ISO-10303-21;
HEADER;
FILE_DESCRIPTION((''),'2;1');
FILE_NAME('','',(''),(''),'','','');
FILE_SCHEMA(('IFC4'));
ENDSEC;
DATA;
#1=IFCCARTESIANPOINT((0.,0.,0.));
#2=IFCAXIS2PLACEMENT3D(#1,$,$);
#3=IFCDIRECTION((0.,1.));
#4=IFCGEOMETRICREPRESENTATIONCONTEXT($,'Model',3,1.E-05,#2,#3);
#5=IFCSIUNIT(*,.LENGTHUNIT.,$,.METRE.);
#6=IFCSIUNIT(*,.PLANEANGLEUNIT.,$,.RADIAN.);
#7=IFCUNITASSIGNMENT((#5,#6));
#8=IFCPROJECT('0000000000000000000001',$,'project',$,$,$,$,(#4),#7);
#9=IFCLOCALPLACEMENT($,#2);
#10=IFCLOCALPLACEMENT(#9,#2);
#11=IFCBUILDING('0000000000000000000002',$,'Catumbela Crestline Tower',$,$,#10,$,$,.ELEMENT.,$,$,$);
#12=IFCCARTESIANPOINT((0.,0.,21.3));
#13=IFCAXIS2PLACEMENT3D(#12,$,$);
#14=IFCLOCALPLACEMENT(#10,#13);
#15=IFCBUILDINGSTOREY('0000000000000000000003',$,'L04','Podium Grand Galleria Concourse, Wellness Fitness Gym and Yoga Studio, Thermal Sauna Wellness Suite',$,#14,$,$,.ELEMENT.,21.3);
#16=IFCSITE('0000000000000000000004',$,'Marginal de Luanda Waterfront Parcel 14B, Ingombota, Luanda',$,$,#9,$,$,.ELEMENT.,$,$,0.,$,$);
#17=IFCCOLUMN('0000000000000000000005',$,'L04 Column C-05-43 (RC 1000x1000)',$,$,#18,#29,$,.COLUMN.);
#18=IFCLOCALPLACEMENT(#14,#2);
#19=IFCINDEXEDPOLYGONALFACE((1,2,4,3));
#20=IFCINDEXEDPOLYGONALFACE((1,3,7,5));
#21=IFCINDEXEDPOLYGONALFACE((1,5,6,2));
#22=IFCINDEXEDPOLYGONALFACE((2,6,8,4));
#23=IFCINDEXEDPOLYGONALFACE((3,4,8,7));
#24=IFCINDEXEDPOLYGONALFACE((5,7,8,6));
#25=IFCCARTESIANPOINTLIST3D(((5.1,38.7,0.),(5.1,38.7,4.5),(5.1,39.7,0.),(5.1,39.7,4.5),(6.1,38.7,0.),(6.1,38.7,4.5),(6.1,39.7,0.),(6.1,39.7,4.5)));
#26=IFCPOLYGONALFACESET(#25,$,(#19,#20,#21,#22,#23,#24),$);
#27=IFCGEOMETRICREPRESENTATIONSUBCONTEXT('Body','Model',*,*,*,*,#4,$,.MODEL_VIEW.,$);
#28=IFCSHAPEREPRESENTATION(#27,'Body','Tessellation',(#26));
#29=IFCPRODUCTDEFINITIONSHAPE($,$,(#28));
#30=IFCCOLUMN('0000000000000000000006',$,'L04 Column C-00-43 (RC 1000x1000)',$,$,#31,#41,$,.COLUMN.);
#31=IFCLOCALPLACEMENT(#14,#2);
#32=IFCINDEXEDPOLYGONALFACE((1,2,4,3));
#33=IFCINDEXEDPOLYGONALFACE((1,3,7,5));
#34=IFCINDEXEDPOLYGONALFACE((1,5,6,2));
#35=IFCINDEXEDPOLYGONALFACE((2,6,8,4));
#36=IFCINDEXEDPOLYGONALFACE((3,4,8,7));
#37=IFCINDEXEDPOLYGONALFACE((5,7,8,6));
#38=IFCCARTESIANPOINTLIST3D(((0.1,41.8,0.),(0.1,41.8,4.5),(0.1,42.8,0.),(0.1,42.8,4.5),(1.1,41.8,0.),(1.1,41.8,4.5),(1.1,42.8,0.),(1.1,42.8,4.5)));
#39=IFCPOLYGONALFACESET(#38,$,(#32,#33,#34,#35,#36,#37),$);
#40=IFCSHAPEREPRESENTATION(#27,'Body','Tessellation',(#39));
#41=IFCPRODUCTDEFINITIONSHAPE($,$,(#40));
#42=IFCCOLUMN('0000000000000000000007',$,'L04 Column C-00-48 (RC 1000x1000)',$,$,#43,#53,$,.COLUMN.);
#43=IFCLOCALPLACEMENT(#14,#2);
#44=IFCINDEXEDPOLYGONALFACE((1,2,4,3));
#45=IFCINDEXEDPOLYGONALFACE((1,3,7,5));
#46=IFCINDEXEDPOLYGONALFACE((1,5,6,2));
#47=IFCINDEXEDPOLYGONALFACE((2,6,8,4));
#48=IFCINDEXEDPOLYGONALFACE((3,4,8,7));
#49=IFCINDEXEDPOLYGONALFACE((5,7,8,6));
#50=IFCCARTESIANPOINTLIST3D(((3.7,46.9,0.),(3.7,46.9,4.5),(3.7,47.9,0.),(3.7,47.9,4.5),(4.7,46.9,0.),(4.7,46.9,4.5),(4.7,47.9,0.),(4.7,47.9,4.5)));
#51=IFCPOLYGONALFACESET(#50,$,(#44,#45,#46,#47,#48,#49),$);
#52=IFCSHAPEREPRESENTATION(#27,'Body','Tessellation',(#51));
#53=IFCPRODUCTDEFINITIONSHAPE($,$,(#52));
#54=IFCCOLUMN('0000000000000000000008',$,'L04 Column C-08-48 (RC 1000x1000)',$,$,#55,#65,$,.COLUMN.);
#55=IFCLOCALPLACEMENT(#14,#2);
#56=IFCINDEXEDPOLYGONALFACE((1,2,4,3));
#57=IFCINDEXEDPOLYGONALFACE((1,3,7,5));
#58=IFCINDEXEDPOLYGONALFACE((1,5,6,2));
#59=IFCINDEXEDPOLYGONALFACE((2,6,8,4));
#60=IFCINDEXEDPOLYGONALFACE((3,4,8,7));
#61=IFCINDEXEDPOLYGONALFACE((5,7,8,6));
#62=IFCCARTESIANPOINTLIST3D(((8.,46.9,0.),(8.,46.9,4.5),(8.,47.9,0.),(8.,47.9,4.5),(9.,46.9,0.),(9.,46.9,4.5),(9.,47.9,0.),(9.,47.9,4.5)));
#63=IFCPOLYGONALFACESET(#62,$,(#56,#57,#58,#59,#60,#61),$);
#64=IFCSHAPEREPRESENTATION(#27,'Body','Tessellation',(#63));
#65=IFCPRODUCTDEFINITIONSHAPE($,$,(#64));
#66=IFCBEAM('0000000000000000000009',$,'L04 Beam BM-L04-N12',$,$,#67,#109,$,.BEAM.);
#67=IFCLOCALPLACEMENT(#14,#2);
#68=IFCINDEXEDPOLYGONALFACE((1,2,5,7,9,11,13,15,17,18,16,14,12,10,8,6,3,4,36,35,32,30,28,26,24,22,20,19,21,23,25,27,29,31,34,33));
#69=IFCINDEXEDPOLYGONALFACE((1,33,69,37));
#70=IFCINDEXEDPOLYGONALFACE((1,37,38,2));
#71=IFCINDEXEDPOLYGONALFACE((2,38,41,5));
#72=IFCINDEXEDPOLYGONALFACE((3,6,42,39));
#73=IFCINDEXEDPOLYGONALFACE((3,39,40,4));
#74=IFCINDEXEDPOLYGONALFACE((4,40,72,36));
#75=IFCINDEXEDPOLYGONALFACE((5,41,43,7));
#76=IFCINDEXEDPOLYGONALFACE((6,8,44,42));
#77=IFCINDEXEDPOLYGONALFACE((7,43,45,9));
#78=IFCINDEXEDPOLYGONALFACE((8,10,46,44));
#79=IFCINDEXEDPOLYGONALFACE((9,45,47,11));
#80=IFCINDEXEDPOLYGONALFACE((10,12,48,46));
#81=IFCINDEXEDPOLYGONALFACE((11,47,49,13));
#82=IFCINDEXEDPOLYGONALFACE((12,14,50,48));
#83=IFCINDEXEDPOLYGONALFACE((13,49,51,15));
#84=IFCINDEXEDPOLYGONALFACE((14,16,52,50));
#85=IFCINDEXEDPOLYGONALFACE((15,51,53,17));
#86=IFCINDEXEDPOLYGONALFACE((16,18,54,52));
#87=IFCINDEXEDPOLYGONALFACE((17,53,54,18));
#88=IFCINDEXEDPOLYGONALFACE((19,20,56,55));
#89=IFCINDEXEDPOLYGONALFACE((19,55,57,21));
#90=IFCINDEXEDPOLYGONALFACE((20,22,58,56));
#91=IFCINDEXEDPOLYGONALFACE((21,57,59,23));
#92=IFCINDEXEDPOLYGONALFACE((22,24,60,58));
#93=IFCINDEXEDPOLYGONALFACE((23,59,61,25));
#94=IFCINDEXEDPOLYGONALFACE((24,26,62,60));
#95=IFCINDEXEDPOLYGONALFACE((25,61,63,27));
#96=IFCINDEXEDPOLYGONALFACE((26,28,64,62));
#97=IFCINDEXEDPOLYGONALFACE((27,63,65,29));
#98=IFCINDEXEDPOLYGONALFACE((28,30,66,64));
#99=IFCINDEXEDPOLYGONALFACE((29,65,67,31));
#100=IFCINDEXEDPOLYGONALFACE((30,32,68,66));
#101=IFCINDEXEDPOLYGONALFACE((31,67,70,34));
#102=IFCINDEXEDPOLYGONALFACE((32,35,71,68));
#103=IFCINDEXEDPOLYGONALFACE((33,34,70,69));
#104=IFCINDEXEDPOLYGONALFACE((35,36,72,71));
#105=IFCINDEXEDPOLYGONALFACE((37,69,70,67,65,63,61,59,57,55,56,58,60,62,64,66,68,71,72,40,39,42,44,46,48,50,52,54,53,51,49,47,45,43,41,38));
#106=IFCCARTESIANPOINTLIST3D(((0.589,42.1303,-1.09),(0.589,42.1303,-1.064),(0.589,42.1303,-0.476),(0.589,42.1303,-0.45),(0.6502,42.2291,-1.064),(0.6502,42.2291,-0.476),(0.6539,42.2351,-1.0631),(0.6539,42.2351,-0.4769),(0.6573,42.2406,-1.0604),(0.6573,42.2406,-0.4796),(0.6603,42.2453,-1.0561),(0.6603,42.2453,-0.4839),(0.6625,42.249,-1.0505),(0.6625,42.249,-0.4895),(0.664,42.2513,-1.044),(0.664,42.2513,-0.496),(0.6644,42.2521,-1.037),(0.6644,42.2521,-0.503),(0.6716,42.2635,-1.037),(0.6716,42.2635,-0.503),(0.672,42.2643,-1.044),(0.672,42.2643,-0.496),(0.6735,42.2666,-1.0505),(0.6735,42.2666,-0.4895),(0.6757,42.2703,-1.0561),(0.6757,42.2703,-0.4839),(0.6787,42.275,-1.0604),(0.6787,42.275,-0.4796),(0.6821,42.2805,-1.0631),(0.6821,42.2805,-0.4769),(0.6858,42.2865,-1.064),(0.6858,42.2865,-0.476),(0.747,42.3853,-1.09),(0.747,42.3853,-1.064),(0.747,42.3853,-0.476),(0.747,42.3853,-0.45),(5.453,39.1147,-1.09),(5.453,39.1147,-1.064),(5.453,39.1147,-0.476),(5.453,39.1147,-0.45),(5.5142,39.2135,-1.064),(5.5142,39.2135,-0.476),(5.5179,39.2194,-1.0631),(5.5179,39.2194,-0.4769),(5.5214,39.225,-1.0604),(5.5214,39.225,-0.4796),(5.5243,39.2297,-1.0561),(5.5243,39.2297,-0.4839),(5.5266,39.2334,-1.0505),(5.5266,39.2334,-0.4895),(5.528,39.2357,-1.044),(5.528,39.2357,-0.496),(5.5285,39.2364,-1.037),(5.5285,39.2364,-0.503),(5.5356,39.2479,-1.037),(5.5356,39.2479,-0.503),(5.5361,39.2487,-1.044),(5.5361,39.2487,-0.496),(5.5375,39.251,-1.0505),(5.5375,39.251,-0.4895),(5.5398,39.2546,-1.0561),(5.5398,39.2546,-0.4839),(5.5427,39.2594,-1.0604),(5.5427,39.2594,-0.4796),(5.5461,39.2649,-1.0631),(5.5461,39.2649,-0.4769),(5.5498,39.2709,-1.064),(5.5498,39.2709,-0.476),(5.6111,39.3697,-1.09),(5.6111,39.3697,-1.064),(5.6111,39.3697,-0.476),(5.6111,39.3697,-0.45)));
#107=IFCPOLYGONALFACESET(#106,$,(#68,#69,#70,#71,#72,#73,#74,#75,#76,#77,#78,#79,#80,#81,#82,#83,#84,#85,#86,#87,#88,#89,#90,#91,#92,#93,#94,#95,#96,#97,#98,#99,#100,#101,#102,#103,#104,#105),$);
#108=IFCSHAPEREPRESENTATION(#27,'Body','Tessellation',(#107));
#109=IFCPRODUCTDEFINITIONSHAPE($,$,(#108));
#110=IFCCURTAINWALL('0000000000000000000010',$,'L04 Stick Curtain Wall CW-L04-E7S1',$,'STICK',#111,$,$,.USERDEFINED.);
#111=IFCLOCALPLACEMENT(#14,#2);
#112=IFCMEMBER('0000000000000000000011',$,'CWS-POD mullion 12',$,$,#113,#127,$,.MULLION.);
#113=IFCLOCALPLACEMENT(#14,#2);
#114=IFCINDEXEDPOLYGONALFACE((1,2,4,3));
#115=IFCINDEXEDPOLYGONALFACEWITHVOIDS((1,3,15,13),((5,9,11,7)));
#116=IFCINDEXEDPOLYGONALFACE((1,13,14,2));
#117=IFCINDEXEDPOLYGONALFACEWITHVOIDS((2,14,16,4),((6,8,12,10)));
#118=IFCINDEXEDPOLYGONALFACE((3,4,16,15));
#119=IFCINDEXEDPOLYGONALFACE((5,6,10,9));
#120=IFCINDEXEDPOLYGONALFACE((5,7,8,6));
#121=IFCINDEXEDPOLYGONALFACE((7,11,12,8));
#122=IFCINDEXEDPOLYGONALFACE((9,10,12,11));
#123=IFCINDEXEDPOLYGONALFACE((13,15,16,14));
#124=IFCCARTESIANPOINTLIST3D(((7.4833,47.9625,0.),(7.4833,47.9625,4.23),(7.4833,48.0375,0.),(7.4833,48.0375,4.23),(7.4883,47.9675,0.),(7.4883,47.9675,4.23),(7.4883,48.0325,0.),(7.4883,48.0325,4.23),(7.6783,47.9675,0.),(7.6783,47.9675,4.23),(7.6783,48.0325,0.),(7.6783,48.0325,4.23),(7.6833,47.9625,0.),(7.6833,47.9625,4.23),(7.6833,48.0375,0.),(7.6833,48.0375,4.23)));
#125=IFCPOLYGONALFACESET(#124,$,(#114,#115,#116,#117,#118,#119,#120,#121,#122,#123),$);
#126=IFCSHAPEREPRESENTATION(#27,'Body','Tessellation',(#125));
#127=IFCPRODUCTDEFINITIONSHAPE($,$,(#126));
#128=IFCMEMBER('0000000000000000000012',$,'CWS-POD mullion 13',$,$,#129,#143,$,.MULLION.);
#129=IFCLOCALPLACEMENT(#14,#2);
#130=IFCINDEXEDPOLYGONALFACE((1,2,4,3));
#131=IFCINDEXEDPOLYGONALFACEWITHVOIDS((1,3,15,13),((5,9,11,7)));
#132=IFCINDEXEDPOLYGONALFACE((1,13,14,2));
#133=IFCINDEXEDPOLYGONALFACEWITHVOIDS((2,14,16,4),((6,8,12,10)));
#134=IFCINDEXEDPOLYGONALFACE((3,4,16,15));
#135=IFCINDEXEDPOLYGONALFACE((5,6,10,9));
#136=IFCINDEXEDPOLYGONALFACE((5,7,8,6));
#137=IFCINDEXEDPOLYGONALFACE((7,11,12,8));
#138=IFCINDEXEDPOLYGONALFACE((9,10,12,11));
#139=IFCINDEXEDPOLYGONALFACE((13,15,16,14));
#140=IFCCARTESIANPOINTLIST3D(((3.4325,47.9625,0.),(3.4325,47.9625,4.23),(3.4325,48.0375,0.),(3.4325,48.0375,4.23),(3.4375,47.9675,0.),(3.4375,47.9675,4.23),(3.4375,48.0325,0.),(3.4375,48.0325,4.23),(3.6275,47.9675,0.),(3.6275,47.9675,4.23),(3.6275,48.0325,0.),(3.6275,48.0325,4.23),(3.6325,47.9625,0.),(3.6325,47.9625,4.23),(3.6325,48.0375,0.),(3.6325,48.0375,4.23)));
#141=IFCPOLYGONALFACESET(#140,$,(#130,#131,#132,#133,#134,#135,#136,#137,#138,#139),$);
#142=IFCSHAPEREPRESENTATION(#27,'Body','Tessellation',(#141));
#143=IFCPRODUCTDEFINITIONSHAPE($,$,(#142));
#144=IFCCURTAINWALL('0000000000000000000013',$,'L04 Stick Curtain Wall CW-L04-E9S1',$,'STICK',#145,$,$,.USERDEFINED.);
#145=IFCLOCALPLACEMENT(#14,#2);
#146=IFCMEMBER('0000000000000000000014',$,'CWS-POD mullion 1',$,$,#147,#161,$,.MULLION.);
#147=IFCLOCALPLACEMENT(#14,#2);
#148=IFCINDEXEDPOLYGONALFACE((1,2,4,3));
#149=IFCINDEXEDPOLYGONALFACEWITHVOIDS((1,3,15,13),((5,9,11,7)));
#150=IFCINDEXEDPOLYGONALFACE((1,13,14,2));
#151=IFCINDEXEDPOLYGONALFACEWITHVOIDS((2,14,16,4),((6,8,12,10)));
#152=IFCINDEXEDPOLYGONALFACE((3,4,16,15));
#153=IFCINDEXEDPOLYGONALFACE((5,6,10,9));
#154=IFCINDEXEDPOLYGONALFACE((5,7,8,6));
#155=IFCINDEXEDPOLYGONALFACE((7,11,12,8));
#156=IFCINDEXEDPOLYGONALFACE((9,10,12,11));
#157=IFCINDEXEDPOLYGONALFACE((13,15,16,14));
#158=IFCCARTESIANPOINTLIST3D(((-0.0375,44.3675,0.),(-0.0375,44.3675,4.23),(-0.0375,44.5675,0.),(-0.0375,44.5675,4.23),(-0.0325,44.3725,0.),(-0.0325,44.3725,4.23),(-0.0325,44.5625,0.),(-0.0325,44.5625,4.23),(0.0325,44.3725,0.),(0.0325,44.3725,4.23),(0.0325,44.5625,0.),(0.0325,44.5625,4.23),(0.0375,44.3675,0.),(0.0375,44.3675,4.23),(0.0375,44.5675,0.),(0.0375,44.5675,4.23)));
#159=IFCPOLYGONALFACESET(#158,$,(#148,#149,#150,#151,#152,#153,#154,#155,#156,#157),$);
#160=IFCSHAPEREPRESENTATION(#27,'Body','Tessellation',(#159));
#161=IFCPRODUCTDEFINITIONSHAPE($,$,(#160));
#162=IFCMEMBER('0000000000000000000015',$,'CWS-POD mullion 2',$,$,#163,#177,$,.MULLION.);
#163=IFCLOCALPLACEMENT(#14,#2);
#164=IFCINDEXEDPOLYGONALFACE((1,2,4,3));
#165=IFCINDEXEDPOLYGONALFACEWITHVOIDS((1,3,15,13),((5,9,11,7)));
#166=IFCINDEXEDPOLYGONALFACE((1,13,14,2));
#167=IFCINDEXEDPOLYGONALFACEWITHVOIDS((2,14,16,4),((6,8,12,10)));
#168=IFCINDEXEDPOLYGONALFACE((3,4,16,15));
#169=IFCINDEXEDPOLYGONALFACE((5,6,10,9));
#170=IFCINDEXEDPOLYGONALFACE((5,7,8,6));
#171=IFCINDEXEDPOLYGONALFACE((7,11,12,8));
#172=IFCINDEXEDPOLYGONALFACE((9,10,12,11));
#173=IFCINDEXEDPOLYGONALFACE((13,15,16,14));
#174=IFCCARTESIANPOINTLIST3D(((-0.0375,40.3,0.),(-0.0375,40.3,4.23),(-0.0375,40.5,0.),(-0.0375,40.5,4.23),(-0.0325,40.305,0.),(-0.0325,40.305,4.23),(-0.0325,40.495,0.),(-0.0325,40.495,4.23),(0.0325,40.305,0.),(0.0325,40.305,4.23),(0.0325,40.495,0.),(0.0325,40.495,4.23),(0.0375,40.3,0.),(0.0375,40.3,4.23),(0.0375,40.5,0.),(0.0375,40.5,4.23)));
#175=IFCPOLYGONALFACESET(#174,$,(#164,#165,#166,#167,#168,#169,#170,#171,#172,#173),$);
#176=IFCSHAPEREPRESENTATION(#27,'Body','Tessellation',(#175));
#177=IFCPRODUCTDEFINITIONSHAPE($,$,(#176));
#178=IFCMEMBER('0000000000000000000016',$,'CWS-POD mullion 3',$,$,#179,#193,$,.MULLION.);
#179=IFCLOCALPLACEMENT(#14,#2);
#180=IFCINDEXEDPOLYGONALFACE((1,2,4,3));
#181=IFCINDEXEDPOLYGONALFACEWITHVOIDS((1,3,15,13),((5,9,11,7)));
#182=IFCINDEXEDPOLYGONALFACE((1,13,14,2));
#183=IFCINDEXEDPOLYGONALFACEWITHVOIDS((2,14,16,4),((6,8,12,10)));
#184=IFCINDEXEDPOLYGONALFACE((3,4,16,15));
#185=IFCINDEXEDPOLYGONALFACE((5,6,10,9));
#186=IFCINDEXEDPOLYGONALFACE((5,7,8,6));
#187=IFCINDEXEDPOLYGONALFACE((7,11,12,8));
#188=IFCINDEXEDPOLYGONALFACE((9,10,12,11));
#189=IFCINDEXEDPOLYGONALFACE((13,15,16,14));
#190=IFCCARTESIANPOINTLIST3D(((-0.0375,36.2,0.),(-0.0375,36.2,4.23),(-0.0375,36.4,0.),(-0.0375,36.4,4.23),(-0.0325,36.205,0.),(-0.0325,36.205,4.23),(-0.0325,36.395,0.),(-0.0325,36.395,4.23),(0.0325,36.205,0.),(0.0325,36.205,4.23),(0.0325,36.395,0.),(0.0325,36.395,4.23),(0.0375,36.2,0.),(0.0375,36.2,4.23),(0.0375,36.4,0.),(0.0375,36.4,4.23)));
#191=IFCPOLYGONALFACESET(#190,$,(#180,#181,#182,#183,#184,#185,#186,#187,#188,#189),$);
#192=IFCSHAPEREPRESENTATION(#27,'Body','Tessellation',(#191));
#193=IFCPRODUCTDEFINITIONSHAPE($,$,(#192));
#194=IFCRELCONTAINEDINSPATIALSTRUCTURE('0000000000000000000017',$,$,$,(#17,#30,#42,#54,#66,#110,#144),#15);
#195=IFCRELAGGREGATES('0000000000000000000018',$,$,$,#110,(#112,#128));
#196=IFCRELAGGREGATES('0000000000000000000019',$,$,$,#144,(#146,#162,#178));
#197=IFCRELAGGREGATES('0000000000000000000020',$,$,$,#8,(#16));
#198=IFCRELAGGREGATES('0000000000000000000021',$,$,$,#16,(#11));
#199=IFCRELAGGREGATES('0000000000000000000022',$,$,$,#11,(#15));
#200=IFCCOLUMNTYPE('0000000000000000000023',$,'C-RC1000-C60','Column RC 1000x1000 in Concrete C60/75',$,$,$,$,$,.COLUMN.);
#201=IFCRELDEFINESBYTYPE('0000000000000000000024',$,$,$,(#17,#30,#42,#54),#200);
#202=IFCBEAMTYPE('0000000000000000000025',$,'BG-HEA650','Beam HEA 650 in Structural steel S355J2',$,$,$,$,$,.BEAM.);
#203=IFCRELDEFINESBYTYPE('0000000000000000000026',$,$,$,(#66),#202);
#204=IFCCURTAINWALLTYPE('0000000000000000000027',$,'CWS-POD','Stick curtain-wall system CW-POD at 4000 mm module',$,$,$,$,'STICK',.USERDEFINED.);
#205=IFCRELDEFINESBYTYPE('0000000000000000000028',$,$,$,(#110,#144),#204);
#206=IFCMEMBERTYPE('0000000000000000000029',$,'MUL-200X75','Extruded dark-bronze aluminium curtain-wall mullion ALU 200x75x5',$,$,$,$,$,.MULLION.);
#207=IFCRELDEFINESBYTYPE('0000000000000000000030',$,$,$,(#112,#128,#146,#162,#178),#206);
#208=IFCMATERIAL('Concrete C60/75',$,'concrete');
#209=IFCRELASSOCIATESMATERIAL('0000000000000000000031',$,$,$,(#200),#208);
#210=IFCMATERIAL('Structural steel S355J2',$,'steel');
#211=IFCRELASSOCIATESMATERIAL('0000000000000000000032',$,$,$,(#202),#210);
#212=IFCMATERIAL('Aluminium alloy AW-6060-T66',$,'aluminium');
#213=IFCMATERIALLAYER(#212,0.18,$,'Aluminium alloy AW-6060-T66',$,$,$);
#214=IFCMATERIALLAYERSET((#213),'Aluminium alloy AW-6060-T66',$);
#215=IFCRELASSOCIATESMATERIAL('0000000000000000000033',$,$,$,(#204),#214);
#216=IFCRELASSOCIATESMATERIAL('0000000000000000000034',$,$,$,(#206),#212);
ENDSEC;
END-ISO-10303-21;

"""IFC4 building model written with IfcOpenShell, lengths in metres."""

from ifc_helpers import new_model, si_unit, direction, frame, origin, origin_2d, place, context, subcontext, project, spatial, rectangle, hollow_rectangle, i_section, extrude, material, layer, layer_set, material_profile, profile_set, type_object, element, aggregate, save


model = new_model("IFC4")

# Units and contexts
model_context = context("Model", 3, precision=1e-05, world=origin(), true_north=direction((0.0, 1.0)))
body_context = subcontext(model_context, "Body", "Model", "MODEL_VIEW")
ifc_project = project(units=[si_unit("LENGTHUNIT", "METRE"), si_unit("PLANEANGLEUNIT", "RADIAN")], contexts=[model_context])

# Site, building, storey
site_placement = place(None, origin())
site = spatial("IfcSite", under=ifc_project, at=site_placement, Name="Marginal de Luanda Waterfront Parcel 14B, Ingombota, Luanda", CompositionType="ELEMENT", RefElevation=0.0)
building_placement = place(site_placement, origin())
building = spatial("IfcBuilding", under=site, at=building_placement, Name="Catumbela Crestline Tower", CompositionType="ELEMENT")
storey_placement = place(building_placement, frame((0.0, 0.0, 21.3)))
storey = spatial("IfcBuildingStorey", under=building, at=storey_placement, Name="L04", Description="Podium Grand Galleria Concourse, Wellness Fitness Gym and Yoga Studio, Thermal Sauna Wellness Suite", CompositionType="ELEMENT", Elevation=21.3)

# Columns
ifc_material_1 = material(Name="Concrete C60/75", Category="concrete")
ifc_material_profile_1 = material_profile(ifc_material_1, rectangle(XDim=1.0, YDim=1.0, at=origin_2d()), Name="RC 1000x1000")
ifc_profile_set_1 = profile_set([ifc_material_profile_1], Name="Concrete C60/75")
column_type = type_object("IfcColumnType", Name="C-RC1000-C60", Description="Column RC 1000x1000 in Concrete C60/75", PredefinedType="COLUMN", material=ifc_profile_set_1)
for number, where, z_axis, x_axis, name in (
    (1, (5.6, 39.2, 0.0), (0.0, 0.0, 1.0), (1.0, 0.0, 0.0), "L04 Column C-05-43 (RC 1000x1000)"),
    (2, (0.6, 42.3, 0.0), (0.0, 0.0, 1.0), (1.0, 0.0, 0.0), "L04 Column C-00-43 (RC 1000x1000)"),
    (3, (4.2, 47.4, 0.0), (0.0, 0.0, 1.0), (1.0, 0.0, 0.0), "L04 Column C-00-48 (RC 1000x1000)"),
    (4, (8.5, 47.4, 0.0), (0.0, 0.0, 1.0), (1.0, 0.0, 0.0), "L04 Column C-08-48 (RC 1000x1000)"),
):
    element("IfcColumn", number, at=place(storey_placement, frame(where, z_axis=z_axis, x_axis=x_axis)), inside=storey, type_object=column_type, Name=name, PredefinedType="COLUMN", context=body_context, shape_type="SweptSolid", body=[
        extrude(rectangle(XDim=1.0, YDim=1.0, at=origin_2d()), origin(), (0.0, 0.0, 1.0), 4.5),
    ])

# Beam
ifc_material_2 = material(Name="Structural steel S355J2", Category="steel")
ifc_material_profile_2 = material_profile(ifc_material_2, i_section(OverallWidth=0.3, OverallDepth=0.64, WebThickness=0.0135, FlangeThickness=0.026, FilletRadius=0.027, at=origin_2d()), Name="HEA 650")
ifc_profile_set_2 = profile_set([ifc_material_profile_2], Name="Structural steel S355J2")
beam_type_1 = type_object("IfcBeamType", Name="BG-HEA650", Description="Beam HEA 650 in Structural steel S355J2", PredefinedType="BEAM", material=ifc_profile_set_2)
beam_1_placement = place(storey_placement, frame((0.668, 42.2578, -0.77), z_axis=(0.849909, -0.52693, 0.0), x_axis=(0.52693, 0.849909, 0.0)))
element("IfcBeam", 5, at=beam_1_placement, inside=storey, type_object=beam_type_1, Name="L04 Beam BM-L04-N12", PredefinedType="BEAM", context=body_context, shape_type="SweptSolid", body=[
    extrude(i_section(OverallWidth=0.3, OverallDepth=0.64, WebThickness=0.0135, FlangeThickness=0.026, FilletRadius=0.027, at=origin_2d()), origin(), (0.0, 0.0, 1.0), 5.723),
])

# Curtain walls, members
ifc_material_3 = material(Name="Aluminium alloy AW-6060-T66", Category="aluminium")
ifc_layer_1 = layer(ifc_material_3, 0.18, Name="Aluminium alloy AW-6060-T66")
ifc_layer_set_1 = layer_set([ifc_layer_1], Name="Aluminium alloy AW-6060-T66")
curtain_wall_type = type_object("IfcCurtainWallType", Name="CWS-POD", Description="Stick curtain-wall system CW-POD at 4000 mm module", ElementType="STICK", PredefinedType="USERDEFINED", material=ifc_layer_set_1)
curtain_wall_1_placement = place(storey_placement, origin())
curtain_wall_1 = element("IfcCurtainWall", 6, at=curtain_wall_1_placement, inside=storey, type_object=curtain_wall_type, Name="L04 Stick Curtain Wall CW-L04-E7S1", ObjectType="STICK", PredefinedType="USERDEFINED")
ifc_material_profile_3 = material_profile(ifc_material_3, hollow_rectangle(XDim=0.075, YDim=0.2, WallThickness=0.005, at=origin_2d()), Name="ALU 200x75x5")
ifc_profile_set_3 = profile_set([ifc_material_profile_3], Name="Aluminium alloy AW-6060-T66")
member_type_1 = type_object("IfcMemberType", Name="MUL-200X75", Description="Extruded dark-bronze aluminium curtain-wall mullion ALU 200x75x5", PredefinedType="MULLION", material=ifc_profile_set_3)
member_1_placement = place(storey_placement, frame((7.5833, 48.0, 0.0), z_axis=(0.0, 0.0, 1.0), x_axis=(0.0, -1.0, 0.0)))
member_1 = element("IfcMember", 7, at=member_1_placement, type_object=member_type_1, Name="CWS-POD mullion 12", PredefinedType="MULLION", context=body_context, shape_type="SweptSolid", body=[
    extrude(hollow_rectangle(XDim=0.075, YDim=0.2, WallThickness=0.005, at=origin_2d()), origin(), (0.0, 0.0, 1.0), 4.23),
])
member_2_placement = place(storey_placement, frame((3.5325, 48.0, 0.0), z_axis=(0.0, 0.0, 1.0), x_axis=(0.0, -1.0, 0.0)))
member_2 = element("IfcMember", 8, at=member_2_placement, type_object=member_type_1, Name="CWS-POD mullion 13", PredefinedType="MULLION", context=body_context, shape_type="SweptSolid", body=[
    extrude(hollow_rectangle(XDim=0.075, YDim=0.2, WallThickness=0.005, at=origin_2d()), origin(), (0.0, 0.0, 1.0), 4.23),
])
curtain_wall_2_placement = place(storey_placement, origin())
curtain_wall_2 = element("IfcCurtainWall", 9, at=curtain_wall_2_placement, inside=storey, type_object=curtain_wall_type, Name="L04 Stick Curtain Wall CW-L04-E9S1", ObjectType="STICK", PredefinedType="USERDEFINED")
member_3_placement = place(storey_placement, frame((0.0, 44.4675, 0.0), z_axis=(0.0, 0.0, 1.0), x_axis=(1.0, 0.0, 0.0)))
member_3 = element("IfcMember", 10, at=member_3_placement, type_object=member_type_1, Name="CWS-POD mullion 1", PredefinedType="MULLION", context=body_context, shape_type="SweptSolid", body=[
    extrude(hollow_rectangle(XDim=0.075, YDim=0.2, WallThickness=0.005, at=origin_2d()), origin(), (0.0, 0.0, 1.0), 4.23),
])
member_4_placement = place(storey_placement, frame((0.0, 40.4, 0.0), z_axis=(0.0, 0.0, 1.0), x_axis=(1.0, 0.0, 0.0)))
member_4 = element("IfcMember", 11, at=member_4_placement, type_object=member_type_1, Name="CWS-POD mullion 2", PredefinedType="MULLION", context=body_context, shape_type="SweptSolid", body=[
    extrude(hollow_rectangle(XDim=0.075, YDim=0.2, WallThickness=0.005, at=origin_2d()), origin(), (0.0, 0.0, 1.0), 4.23),
])
member_5_placement = place(storey_placement, frame((0.0, 36.3, 0.0), z_axis=(0.0, 0.0, 1.0), x_axis=(1.0, 0.0, 0.0)))
member_5 = element("IfcMember", 12, at=member_5_placement, type_object=member_type_1, Name="CWS-POD mullion 3", PredefinedType="MULLION", context=body_context, shape_type="SweptSolid", body=[
    extrude(hollow_rectangle(XDim=0.075, YDim=0.2, WallThickness=0.005, at=origin_2d()), origin(), (0.0, 0.0, 1.0), 4.23),
])

aggregate(curtain_wall_1, [member_1, member_2])
aggregate(curtain_wall_2, [member_3, member_4, member_5])

save(model, "model.ifc")
